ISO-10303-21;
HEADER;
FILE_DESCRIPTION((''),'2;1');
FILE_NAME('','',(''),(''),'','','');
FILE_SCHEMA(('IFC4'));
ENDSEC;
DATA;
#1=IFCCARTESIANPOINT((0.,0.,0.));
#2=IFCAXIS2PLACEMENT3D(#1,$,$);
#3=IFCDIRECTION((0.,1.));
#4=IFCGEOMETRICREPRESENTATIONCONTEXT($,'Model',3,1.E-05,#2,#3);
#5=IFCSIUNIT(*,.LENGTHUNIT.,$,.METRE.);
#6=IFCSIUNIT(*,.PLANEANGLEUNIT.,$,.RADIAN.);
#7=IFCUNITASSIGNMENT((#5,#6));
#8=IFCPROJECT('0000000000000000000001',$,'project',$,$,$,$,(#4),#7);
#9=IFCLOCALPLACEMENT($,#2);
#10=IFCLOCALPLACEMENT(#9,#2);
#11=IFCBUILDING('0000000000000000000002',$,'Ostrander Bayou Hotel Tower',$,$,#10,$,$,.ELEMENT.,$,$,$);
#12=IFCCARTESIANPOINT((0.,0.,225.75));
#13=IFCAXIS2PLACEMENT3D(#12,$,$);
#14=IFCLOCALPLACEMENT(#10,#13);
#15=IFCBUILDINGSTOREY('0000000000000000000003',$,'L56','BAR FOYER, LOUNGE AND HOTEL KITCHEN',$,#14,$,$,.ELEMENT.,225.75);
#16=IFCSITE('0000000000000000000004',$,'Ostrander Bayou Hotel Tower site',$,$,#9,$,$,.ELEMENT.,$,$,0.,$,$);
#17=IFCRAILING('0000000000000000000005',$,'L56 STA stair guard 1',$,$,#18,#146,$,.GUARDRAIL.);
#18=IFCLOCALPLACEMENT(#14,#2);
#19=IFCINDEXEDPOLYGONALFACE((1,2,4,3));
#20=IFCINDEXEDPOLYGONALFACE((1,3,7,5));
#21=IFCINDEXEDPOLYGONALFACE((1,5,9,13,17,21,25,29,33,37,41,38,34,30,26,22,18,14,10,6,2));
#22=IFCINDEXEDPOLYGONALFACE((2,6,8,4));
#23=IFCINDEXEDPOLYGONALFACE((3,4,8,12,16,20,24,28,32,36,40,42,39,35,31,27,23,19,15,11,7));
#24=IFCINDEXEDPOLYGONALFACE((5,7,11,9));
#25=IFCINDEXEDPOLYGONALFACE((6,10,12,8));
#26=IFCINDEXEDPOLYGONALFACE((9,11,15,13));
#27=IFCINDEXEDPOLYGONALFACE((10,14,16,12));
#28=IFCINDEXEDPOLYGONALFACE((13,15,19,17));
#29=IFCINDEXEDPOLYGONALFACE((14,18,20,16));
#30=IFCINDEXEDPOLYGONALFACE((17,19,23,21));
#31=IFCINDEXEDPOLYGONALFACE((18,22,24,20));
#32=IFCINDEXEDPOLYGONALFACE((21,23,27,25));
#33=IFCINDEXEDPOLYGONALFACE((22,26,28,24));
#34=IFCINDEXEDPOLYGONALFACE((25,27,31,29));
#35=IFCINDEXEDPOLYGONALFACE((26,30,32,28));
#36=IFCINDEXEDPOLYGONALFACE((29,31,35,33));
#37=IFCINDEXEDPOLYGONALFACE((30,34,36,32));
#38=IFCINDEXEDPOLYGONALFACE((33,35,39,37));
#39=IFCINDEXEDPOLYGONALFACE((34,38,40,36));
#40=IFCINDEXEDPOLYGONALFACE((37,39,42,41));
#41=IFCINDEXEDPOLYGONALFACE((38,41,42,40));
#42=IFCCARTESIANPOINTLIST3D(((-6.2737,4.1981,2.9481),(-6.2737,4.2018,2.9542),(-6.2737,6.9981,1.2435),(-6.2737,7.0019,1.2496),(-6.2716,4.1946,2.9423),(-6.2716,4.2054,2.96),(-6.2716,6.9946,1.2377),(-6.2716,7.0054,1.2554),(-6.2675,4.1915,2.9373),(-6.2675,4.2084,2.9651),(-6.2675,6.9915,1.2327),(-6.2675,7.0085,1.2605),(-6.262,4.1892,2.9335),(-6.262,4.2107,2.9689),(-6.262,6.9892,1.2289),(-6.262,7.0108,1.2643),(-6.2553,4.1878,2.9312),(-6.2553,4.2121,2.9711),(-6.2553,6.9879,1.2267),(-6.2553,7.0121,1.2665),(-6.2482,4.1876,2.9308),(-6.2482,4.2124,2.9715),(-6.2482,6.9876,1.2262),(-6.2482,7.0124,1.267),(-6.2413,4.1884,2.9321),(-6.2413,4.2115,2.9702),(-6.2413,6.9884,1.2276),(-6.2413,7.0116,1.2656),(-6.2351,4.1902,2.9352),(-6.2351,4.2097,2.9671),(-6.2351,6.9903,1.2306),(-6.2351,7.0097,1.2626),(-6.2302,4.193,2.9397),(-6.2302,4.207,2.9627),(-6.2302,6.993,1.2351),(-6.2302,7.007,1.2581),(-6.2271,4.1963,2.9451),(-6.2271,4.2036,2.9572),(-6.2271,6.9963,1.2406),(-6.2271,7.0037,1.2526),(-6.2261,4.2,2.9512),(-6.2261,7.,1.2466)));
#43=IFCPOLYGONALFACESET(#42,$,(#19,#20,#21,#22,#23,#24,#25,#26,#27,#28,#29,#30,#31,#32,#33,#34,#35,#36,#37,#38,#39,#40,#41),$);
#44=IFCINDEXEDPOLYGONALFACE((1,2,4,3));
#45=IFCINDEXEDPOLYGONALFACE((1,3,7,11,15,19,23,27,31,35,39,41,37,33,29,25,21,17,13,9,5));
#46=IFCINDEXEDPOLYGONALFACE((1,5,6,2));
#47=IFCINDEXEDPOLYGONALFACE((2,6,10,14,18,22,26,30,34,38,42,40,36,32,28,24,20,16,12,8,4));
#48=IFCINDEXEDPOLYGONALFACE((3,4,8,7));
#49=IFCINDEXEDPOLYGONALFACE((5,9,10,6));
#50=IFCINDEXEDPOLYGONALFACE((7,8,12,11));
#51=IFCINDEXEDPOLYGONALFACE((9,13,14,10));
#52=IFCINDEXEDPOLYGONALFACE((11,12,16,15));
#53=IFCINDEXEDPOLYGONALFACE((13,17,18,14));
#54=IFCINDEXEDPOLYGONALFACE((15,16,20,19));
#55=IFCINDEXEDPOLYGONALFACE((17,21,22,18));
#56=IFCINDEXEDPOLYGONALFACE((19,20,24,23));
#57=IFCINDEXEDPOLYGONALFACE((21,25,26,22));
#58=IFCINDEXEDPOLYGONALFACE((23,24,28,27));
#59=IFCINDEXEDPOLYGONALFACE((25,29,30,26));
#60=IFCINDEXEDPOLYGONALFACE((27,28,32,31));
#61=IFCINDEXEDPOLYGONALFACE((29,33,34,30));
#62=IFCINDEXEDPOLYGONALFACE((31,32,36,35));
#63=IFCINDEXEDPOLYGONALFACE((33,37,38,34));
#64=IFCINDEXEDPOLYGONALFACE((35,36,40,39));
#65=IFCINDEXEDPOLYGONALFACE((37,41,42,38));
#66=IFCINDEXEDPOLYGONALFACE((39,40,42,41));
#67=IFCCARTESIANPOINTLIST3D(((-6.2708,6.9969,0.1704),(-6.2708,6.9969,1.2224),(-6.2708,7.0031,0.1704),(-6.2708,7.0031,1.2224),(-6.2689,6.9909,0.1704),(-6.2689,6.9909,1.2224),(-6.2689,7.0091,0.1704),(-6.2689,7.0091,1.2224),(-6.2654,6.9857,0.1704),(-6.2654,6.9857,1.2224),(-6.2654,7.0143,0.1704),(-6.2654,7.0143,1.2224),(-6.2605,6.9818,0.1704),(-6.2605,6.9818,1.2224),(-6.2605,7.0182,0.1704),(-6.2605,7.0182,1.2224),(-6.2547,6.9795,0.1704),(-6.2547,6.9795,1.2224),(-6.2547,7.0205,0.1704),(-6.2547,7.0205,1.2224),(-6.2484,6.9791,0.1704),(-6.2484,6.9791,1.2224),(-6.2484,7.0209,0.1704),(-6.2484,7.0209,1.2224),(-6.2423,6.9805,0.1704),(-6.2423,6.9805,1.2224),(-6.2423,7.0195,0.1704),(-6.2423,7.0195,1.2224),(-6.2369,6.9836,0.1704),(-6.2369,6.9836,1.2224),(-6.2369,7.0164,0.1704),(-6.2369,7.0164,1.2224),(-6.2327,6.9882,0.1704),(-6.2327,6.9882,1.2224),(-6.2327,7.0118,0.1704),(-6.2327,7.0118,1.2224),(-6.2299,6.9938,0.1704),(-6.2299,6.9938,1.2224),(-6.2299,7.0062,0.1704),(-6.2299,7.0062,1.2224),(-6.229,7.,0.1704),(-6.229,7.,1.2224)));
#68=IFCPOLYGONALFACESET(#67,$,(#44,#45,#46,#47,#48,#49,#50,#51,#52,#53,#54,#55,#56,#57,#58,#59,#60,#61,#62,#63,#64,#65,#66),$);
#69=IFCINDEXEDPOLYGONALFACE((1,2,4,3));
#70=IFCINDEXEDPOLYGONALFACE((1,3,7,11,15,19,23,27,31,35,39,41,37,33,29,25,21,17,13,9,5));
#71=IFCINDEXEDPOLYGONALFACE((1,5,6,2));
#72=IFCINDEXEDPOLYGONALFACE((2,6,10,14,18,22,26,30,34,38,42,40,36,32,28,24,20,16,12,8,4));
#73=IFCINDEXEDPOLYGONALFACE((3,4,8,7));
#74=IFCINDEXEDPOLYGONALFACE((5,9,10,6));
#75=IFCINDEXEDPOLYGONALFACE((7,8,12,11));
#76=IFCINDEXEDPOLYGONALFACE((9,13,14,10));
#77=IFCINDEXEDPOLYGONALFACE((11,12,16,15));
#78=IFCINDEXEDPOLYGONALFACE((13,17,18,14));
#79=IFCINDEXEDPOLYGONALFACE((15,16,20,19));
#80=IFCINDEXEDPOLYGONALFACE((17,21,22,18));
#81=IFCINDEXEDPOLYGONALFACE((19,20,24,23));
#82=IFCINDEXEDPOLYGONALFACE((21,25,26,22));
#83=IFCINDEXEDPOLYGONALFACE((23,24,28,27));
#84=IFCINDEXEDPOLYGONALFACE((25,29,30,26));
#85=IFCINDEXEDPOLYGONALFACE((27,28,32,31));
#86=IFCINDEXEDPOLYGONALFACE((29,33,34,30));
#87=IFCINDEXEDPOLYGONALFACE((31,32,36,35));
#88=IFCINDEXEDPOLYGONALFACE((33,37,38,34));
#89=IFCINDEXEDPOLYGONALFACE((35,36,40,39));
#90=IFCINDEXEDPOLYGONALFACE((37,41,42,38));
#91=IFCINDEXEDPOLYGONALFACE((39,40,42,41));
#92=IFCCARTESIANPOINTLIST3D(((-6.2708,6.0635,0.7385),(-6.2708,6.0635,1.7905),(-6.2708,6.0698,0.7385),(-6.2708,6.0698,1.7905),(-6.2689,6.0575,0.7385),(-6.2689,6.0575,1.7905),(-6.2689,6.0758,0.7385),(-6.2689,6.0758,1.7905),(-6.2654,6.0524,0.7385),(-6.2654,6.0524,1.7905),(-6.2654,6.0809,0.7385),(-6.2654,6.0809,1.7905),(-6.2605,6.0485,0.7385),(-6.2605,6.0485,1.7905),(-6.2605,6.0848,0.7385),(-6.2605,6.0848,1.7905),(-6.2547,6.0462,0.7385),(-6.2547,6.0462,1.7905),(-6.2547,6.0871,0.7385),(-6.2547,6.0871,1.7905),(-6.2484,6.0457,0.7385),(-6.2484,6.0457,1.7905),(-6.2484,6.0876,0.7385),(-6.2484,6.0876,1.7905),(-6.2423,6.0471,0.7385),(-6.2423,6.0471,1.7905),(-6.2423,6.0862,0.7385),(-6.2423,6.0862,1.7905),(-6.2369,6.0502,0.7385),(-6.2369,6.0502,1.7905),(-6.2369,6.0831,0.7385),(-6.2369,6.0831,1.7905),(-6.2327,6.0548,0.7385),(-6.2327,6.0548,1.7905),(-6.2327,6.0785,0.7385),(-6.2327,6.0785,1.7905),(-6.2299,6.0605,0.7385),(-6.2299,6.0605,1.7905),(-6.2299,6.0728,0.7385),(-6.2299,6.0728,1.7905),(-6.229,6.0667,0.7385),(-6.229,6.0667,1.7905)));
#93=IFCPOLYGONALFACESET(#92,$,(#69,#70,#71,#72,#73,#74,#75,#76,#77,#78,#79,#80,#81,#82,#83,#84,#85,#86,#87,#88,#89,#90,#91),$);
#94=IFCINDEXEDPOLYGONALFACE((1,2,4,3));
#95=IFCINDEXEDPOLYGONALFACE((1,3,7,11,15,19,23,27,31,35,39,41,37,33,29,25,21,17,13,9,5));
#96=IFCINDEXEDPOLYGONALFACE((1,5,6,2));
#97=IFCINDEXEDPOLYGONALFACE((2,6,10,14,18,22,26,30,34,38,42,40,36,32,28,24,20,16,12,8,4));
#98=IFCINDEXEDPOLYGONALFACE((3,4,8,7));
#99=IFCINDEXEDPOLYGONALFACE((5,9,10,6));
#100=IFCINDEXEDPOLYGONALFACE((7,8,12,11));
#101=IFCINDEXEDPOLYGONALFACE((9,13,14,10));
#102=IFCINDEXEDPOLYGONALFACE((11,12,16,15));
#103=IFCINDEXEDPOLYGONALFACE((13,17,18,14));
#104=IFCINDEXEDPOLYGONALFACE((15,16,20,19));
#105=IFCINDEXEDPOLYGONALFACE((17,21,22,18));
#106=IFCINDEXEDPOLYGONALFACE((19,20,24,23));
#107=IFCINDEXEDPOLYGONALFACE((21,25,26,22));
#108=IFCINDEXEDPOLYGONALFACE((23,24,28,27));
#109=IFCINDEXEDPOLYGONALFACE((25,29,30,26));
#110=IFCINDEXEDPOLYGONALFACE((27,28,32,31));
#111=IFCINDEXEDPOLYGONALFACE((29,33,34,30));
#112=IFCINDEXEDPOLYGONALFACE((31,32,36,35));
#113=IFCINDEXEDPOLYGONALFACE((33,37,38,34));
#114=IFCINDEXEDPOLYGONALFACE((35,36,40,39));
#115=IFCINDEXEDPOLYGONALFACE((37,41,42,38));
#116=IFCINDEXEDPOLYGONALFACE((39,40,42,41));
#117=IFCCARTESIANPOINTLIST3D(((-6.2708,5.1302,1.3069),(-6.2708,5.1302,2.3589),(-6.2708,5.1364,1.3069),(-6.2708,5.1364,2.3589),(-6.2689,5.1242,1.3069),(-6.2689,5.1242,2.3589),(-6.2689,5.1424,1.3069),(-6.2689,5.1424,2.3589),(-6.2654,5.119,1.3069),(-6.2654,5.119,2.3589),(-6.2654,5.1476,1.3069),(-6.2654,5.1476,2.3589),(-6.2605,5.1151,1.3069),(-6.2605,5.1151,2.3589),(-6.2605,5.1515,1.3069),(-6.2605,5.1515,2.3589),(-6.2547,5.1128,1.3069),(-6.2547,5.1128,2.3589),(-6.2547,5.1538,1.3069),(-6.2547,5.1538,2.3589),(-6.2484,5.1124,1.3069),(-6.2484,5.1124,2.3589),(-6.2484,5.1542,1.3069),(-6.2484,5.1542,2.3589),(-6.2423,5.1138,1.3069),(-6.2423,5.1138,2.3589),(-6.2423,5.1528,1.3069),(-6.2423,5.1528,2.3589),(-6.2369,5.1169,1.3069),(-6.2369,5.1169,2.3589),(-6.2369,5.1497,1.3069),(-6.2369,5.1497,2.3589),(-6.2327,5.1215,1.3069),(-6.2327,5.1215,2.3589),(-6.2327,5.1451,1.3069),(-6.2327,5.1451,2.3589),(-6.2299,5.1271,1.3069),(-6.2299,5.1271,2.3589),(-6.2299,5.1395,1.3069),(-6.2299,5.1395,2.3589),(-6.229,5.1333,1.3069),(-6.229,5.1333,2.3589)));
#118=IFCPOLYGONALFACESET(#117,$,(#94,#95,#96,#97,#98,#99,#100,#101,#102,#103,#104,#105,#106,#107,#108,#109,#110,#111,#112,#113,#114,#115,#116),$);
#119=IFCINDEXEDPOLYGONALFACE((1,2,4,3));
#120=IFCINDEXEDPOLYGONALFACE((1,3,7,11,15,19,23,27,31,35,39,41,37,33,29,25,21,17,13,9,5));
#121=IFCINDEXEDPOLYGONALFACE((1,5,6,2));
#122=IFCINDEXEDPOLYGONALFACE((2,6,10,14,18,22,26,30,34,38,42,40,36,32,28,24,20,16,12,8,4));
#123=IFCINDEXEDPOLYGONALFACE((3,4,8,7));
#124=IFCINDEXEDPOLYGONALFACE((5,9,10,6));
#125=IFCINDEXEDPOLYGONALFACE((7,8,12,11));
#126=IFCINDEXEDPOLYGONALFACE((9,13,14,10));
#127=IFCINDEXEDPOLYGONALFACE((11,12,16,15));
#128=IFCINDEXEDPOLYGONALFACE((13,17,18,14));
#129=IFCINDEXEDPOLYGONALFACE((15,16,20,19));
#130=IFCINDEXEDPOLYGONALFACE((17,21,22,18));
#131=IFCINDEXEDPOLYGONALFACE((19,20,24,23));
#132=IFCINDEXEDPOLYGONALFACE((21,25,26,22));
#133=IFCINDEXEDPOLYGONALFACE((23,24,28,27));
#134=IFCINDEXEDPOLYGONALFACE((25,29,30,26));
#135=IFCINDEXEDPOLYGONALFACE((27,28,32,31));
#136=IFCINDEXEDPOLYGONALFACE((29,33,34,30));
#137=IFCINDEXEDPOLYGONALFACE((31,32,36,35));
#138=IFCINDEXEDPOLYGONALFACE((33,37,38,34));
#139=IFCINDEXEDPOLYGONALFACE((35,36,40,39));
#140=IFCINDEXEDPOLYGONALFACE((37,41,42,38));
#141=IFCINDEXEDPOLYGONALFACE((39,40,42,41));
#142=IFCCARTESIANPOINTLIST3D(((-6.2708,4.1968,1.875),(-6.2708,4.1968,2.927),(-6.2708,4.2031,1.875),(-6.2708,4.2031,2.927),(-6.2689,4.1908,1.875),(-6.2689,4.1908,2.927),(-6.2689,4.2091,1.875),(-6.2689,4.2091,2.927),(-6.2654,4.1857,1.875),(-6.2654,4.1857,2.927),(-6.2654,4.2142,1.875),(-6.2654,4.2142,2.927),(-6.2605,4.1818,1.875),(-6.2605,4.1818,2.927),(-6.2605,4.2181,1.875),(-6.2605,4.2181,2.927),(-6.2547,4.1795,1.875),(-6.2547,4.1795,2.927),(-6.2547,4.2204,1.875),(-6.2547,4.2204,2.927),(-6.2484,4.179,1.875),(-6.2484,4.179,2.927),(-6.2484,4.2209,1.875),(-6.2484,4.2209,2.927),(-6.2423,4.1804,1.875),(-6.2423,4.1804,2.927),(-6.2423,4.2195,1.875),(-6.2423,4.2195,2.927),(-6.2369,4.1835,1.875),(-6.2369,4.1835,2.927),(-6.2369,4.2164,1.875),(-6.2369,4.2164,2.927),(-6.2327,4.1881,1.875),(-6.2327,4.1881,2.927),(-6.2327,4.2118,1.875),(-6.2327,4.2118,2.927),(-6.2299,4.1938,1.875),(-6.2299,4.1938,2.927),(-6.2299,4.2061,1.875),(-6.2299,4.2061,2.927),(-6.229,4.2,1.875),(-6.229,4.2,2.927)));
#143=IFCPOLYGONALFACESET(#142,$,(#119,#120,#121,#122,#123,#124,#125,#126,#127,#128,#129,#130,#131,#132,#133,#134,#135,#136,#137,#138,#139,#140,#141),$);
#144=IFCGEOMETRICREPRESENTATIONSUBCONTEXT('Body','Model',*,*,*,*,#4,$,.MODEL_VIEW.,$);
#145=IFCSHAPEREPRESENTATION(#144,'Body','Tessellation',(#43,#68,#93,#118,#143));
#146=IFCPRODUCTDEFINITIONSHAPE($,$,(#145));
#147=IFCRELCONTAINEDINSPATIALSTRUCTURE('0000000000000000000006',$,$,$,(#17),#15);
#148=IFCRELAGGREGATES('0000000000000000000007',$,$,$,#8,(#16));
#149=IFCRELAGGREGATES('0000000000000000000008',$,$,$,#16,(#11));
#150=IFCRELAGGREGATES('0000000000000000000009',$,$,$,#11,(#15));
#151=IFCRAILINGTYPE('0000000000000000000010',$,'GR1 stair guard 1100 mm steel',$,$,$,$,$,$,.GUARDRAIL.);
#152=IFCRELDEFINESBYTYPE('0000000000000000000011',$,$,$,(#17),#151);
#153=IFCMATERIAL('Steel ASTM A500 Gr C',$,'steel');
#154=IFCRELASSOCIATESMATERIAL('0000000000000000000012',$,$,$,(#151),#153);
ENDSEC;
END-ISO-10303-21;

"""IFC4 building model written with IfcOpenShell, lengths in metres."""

from ifc_helpers import new_model, si_unit, direction, frame, origin, origin_2d, place, context, subcontext, project, spatial, circle, extrude, material, type_object, element, save


model = new_model("IFC4")

# Units and contexts
model_context = context("Model", 3, precision=1e-05, world=origin(), true_north=direction((0.0, 1.0)))
body_context = subcontext(model_context, "Body", "Model", "MODEL_VIEW")
ifc_project = project(units=[si_unit("LENGTHUNIT", "METRE"), si_unit("PLANEANGLEUNIT", "RADIAN")], contexts=[model_context])

# Site, building, storey
site_placement = place(None, origin())
site = spatial("IfcSite", under=ifc_project, at=site_placement, Name="Ostrander Bayou Hotel Tower site", CompositionType="ELEMENT", RefElevation=0.0)
building_placement = place(site_placement, origin())
building = spatial("IfcBuilding", under=site, at=building_placement, Name="Ostrander Bayou Hotel Tower", CompositionType="ELEMENT")
storey_placement = place(building_placement, frame((0.0, 0.0, 225.75)))
storey = spatial("IfcBuildingStorey", under=building, at=storey_placement, Name="L56", Description="BAR FOYER, LOUNGE AND HOTEL KITCHEN", CompositionType="ELEMENT", Elevation=225.75)

# Railing
ifc_material_1 = material(Name="Steel ASTM A500 Gr C", Category="steel")
railing_type_1 = type_object("IfcRailingType", Name="GR1 stair guard 1100 mm steel", PredefinedType="GUARDRAIL", material=ifc_material_1)
railing_1_placement = place(storey_placement, frame((-6.25, 7.0, 0.1704)))
element("IfcRailing", 1, at=railing_1_placement, inside=storey, type_object=railing_type_1, Name="L56 STA stair guard 1", PredefinedType="GUARDRAIL", context=body_context, shape_type="SweptSolid", body=[
    extrude(circle(Radius=0.0239, at=origin_2d()), frame((0.0, 0.0, 1.0762), z_axis=(0.0, -0.85417, 0.519994), x_axis=(1.0, 0.0, 0.0)), (0.0, 0.0, 1.0), 3.2781),
    extrude(circle(Radius=0.021, at=origin_2d()), origin(), (0.0, 0.0, 1.0), 1.052),
    extrude(circle(Radius=0.021, at=origin_2d()), frame((0.0, -0.9333, 0.5681)), (0.0, 0.0, 1.0), 1.052),
    extrude(circle(Radius=0.021, at=origin_2d()), frame((0.0, -1.8667, 1.1365)), (0.0, 0.0, 1.0), 1.052),
    extrude(circle(Radius=0.021, at=origin_2d()), frame((0.0, -2.8, 1.7046)), (0.0, 0.0, 1.0), 1.052),
])

save(model, "model.ifc")
